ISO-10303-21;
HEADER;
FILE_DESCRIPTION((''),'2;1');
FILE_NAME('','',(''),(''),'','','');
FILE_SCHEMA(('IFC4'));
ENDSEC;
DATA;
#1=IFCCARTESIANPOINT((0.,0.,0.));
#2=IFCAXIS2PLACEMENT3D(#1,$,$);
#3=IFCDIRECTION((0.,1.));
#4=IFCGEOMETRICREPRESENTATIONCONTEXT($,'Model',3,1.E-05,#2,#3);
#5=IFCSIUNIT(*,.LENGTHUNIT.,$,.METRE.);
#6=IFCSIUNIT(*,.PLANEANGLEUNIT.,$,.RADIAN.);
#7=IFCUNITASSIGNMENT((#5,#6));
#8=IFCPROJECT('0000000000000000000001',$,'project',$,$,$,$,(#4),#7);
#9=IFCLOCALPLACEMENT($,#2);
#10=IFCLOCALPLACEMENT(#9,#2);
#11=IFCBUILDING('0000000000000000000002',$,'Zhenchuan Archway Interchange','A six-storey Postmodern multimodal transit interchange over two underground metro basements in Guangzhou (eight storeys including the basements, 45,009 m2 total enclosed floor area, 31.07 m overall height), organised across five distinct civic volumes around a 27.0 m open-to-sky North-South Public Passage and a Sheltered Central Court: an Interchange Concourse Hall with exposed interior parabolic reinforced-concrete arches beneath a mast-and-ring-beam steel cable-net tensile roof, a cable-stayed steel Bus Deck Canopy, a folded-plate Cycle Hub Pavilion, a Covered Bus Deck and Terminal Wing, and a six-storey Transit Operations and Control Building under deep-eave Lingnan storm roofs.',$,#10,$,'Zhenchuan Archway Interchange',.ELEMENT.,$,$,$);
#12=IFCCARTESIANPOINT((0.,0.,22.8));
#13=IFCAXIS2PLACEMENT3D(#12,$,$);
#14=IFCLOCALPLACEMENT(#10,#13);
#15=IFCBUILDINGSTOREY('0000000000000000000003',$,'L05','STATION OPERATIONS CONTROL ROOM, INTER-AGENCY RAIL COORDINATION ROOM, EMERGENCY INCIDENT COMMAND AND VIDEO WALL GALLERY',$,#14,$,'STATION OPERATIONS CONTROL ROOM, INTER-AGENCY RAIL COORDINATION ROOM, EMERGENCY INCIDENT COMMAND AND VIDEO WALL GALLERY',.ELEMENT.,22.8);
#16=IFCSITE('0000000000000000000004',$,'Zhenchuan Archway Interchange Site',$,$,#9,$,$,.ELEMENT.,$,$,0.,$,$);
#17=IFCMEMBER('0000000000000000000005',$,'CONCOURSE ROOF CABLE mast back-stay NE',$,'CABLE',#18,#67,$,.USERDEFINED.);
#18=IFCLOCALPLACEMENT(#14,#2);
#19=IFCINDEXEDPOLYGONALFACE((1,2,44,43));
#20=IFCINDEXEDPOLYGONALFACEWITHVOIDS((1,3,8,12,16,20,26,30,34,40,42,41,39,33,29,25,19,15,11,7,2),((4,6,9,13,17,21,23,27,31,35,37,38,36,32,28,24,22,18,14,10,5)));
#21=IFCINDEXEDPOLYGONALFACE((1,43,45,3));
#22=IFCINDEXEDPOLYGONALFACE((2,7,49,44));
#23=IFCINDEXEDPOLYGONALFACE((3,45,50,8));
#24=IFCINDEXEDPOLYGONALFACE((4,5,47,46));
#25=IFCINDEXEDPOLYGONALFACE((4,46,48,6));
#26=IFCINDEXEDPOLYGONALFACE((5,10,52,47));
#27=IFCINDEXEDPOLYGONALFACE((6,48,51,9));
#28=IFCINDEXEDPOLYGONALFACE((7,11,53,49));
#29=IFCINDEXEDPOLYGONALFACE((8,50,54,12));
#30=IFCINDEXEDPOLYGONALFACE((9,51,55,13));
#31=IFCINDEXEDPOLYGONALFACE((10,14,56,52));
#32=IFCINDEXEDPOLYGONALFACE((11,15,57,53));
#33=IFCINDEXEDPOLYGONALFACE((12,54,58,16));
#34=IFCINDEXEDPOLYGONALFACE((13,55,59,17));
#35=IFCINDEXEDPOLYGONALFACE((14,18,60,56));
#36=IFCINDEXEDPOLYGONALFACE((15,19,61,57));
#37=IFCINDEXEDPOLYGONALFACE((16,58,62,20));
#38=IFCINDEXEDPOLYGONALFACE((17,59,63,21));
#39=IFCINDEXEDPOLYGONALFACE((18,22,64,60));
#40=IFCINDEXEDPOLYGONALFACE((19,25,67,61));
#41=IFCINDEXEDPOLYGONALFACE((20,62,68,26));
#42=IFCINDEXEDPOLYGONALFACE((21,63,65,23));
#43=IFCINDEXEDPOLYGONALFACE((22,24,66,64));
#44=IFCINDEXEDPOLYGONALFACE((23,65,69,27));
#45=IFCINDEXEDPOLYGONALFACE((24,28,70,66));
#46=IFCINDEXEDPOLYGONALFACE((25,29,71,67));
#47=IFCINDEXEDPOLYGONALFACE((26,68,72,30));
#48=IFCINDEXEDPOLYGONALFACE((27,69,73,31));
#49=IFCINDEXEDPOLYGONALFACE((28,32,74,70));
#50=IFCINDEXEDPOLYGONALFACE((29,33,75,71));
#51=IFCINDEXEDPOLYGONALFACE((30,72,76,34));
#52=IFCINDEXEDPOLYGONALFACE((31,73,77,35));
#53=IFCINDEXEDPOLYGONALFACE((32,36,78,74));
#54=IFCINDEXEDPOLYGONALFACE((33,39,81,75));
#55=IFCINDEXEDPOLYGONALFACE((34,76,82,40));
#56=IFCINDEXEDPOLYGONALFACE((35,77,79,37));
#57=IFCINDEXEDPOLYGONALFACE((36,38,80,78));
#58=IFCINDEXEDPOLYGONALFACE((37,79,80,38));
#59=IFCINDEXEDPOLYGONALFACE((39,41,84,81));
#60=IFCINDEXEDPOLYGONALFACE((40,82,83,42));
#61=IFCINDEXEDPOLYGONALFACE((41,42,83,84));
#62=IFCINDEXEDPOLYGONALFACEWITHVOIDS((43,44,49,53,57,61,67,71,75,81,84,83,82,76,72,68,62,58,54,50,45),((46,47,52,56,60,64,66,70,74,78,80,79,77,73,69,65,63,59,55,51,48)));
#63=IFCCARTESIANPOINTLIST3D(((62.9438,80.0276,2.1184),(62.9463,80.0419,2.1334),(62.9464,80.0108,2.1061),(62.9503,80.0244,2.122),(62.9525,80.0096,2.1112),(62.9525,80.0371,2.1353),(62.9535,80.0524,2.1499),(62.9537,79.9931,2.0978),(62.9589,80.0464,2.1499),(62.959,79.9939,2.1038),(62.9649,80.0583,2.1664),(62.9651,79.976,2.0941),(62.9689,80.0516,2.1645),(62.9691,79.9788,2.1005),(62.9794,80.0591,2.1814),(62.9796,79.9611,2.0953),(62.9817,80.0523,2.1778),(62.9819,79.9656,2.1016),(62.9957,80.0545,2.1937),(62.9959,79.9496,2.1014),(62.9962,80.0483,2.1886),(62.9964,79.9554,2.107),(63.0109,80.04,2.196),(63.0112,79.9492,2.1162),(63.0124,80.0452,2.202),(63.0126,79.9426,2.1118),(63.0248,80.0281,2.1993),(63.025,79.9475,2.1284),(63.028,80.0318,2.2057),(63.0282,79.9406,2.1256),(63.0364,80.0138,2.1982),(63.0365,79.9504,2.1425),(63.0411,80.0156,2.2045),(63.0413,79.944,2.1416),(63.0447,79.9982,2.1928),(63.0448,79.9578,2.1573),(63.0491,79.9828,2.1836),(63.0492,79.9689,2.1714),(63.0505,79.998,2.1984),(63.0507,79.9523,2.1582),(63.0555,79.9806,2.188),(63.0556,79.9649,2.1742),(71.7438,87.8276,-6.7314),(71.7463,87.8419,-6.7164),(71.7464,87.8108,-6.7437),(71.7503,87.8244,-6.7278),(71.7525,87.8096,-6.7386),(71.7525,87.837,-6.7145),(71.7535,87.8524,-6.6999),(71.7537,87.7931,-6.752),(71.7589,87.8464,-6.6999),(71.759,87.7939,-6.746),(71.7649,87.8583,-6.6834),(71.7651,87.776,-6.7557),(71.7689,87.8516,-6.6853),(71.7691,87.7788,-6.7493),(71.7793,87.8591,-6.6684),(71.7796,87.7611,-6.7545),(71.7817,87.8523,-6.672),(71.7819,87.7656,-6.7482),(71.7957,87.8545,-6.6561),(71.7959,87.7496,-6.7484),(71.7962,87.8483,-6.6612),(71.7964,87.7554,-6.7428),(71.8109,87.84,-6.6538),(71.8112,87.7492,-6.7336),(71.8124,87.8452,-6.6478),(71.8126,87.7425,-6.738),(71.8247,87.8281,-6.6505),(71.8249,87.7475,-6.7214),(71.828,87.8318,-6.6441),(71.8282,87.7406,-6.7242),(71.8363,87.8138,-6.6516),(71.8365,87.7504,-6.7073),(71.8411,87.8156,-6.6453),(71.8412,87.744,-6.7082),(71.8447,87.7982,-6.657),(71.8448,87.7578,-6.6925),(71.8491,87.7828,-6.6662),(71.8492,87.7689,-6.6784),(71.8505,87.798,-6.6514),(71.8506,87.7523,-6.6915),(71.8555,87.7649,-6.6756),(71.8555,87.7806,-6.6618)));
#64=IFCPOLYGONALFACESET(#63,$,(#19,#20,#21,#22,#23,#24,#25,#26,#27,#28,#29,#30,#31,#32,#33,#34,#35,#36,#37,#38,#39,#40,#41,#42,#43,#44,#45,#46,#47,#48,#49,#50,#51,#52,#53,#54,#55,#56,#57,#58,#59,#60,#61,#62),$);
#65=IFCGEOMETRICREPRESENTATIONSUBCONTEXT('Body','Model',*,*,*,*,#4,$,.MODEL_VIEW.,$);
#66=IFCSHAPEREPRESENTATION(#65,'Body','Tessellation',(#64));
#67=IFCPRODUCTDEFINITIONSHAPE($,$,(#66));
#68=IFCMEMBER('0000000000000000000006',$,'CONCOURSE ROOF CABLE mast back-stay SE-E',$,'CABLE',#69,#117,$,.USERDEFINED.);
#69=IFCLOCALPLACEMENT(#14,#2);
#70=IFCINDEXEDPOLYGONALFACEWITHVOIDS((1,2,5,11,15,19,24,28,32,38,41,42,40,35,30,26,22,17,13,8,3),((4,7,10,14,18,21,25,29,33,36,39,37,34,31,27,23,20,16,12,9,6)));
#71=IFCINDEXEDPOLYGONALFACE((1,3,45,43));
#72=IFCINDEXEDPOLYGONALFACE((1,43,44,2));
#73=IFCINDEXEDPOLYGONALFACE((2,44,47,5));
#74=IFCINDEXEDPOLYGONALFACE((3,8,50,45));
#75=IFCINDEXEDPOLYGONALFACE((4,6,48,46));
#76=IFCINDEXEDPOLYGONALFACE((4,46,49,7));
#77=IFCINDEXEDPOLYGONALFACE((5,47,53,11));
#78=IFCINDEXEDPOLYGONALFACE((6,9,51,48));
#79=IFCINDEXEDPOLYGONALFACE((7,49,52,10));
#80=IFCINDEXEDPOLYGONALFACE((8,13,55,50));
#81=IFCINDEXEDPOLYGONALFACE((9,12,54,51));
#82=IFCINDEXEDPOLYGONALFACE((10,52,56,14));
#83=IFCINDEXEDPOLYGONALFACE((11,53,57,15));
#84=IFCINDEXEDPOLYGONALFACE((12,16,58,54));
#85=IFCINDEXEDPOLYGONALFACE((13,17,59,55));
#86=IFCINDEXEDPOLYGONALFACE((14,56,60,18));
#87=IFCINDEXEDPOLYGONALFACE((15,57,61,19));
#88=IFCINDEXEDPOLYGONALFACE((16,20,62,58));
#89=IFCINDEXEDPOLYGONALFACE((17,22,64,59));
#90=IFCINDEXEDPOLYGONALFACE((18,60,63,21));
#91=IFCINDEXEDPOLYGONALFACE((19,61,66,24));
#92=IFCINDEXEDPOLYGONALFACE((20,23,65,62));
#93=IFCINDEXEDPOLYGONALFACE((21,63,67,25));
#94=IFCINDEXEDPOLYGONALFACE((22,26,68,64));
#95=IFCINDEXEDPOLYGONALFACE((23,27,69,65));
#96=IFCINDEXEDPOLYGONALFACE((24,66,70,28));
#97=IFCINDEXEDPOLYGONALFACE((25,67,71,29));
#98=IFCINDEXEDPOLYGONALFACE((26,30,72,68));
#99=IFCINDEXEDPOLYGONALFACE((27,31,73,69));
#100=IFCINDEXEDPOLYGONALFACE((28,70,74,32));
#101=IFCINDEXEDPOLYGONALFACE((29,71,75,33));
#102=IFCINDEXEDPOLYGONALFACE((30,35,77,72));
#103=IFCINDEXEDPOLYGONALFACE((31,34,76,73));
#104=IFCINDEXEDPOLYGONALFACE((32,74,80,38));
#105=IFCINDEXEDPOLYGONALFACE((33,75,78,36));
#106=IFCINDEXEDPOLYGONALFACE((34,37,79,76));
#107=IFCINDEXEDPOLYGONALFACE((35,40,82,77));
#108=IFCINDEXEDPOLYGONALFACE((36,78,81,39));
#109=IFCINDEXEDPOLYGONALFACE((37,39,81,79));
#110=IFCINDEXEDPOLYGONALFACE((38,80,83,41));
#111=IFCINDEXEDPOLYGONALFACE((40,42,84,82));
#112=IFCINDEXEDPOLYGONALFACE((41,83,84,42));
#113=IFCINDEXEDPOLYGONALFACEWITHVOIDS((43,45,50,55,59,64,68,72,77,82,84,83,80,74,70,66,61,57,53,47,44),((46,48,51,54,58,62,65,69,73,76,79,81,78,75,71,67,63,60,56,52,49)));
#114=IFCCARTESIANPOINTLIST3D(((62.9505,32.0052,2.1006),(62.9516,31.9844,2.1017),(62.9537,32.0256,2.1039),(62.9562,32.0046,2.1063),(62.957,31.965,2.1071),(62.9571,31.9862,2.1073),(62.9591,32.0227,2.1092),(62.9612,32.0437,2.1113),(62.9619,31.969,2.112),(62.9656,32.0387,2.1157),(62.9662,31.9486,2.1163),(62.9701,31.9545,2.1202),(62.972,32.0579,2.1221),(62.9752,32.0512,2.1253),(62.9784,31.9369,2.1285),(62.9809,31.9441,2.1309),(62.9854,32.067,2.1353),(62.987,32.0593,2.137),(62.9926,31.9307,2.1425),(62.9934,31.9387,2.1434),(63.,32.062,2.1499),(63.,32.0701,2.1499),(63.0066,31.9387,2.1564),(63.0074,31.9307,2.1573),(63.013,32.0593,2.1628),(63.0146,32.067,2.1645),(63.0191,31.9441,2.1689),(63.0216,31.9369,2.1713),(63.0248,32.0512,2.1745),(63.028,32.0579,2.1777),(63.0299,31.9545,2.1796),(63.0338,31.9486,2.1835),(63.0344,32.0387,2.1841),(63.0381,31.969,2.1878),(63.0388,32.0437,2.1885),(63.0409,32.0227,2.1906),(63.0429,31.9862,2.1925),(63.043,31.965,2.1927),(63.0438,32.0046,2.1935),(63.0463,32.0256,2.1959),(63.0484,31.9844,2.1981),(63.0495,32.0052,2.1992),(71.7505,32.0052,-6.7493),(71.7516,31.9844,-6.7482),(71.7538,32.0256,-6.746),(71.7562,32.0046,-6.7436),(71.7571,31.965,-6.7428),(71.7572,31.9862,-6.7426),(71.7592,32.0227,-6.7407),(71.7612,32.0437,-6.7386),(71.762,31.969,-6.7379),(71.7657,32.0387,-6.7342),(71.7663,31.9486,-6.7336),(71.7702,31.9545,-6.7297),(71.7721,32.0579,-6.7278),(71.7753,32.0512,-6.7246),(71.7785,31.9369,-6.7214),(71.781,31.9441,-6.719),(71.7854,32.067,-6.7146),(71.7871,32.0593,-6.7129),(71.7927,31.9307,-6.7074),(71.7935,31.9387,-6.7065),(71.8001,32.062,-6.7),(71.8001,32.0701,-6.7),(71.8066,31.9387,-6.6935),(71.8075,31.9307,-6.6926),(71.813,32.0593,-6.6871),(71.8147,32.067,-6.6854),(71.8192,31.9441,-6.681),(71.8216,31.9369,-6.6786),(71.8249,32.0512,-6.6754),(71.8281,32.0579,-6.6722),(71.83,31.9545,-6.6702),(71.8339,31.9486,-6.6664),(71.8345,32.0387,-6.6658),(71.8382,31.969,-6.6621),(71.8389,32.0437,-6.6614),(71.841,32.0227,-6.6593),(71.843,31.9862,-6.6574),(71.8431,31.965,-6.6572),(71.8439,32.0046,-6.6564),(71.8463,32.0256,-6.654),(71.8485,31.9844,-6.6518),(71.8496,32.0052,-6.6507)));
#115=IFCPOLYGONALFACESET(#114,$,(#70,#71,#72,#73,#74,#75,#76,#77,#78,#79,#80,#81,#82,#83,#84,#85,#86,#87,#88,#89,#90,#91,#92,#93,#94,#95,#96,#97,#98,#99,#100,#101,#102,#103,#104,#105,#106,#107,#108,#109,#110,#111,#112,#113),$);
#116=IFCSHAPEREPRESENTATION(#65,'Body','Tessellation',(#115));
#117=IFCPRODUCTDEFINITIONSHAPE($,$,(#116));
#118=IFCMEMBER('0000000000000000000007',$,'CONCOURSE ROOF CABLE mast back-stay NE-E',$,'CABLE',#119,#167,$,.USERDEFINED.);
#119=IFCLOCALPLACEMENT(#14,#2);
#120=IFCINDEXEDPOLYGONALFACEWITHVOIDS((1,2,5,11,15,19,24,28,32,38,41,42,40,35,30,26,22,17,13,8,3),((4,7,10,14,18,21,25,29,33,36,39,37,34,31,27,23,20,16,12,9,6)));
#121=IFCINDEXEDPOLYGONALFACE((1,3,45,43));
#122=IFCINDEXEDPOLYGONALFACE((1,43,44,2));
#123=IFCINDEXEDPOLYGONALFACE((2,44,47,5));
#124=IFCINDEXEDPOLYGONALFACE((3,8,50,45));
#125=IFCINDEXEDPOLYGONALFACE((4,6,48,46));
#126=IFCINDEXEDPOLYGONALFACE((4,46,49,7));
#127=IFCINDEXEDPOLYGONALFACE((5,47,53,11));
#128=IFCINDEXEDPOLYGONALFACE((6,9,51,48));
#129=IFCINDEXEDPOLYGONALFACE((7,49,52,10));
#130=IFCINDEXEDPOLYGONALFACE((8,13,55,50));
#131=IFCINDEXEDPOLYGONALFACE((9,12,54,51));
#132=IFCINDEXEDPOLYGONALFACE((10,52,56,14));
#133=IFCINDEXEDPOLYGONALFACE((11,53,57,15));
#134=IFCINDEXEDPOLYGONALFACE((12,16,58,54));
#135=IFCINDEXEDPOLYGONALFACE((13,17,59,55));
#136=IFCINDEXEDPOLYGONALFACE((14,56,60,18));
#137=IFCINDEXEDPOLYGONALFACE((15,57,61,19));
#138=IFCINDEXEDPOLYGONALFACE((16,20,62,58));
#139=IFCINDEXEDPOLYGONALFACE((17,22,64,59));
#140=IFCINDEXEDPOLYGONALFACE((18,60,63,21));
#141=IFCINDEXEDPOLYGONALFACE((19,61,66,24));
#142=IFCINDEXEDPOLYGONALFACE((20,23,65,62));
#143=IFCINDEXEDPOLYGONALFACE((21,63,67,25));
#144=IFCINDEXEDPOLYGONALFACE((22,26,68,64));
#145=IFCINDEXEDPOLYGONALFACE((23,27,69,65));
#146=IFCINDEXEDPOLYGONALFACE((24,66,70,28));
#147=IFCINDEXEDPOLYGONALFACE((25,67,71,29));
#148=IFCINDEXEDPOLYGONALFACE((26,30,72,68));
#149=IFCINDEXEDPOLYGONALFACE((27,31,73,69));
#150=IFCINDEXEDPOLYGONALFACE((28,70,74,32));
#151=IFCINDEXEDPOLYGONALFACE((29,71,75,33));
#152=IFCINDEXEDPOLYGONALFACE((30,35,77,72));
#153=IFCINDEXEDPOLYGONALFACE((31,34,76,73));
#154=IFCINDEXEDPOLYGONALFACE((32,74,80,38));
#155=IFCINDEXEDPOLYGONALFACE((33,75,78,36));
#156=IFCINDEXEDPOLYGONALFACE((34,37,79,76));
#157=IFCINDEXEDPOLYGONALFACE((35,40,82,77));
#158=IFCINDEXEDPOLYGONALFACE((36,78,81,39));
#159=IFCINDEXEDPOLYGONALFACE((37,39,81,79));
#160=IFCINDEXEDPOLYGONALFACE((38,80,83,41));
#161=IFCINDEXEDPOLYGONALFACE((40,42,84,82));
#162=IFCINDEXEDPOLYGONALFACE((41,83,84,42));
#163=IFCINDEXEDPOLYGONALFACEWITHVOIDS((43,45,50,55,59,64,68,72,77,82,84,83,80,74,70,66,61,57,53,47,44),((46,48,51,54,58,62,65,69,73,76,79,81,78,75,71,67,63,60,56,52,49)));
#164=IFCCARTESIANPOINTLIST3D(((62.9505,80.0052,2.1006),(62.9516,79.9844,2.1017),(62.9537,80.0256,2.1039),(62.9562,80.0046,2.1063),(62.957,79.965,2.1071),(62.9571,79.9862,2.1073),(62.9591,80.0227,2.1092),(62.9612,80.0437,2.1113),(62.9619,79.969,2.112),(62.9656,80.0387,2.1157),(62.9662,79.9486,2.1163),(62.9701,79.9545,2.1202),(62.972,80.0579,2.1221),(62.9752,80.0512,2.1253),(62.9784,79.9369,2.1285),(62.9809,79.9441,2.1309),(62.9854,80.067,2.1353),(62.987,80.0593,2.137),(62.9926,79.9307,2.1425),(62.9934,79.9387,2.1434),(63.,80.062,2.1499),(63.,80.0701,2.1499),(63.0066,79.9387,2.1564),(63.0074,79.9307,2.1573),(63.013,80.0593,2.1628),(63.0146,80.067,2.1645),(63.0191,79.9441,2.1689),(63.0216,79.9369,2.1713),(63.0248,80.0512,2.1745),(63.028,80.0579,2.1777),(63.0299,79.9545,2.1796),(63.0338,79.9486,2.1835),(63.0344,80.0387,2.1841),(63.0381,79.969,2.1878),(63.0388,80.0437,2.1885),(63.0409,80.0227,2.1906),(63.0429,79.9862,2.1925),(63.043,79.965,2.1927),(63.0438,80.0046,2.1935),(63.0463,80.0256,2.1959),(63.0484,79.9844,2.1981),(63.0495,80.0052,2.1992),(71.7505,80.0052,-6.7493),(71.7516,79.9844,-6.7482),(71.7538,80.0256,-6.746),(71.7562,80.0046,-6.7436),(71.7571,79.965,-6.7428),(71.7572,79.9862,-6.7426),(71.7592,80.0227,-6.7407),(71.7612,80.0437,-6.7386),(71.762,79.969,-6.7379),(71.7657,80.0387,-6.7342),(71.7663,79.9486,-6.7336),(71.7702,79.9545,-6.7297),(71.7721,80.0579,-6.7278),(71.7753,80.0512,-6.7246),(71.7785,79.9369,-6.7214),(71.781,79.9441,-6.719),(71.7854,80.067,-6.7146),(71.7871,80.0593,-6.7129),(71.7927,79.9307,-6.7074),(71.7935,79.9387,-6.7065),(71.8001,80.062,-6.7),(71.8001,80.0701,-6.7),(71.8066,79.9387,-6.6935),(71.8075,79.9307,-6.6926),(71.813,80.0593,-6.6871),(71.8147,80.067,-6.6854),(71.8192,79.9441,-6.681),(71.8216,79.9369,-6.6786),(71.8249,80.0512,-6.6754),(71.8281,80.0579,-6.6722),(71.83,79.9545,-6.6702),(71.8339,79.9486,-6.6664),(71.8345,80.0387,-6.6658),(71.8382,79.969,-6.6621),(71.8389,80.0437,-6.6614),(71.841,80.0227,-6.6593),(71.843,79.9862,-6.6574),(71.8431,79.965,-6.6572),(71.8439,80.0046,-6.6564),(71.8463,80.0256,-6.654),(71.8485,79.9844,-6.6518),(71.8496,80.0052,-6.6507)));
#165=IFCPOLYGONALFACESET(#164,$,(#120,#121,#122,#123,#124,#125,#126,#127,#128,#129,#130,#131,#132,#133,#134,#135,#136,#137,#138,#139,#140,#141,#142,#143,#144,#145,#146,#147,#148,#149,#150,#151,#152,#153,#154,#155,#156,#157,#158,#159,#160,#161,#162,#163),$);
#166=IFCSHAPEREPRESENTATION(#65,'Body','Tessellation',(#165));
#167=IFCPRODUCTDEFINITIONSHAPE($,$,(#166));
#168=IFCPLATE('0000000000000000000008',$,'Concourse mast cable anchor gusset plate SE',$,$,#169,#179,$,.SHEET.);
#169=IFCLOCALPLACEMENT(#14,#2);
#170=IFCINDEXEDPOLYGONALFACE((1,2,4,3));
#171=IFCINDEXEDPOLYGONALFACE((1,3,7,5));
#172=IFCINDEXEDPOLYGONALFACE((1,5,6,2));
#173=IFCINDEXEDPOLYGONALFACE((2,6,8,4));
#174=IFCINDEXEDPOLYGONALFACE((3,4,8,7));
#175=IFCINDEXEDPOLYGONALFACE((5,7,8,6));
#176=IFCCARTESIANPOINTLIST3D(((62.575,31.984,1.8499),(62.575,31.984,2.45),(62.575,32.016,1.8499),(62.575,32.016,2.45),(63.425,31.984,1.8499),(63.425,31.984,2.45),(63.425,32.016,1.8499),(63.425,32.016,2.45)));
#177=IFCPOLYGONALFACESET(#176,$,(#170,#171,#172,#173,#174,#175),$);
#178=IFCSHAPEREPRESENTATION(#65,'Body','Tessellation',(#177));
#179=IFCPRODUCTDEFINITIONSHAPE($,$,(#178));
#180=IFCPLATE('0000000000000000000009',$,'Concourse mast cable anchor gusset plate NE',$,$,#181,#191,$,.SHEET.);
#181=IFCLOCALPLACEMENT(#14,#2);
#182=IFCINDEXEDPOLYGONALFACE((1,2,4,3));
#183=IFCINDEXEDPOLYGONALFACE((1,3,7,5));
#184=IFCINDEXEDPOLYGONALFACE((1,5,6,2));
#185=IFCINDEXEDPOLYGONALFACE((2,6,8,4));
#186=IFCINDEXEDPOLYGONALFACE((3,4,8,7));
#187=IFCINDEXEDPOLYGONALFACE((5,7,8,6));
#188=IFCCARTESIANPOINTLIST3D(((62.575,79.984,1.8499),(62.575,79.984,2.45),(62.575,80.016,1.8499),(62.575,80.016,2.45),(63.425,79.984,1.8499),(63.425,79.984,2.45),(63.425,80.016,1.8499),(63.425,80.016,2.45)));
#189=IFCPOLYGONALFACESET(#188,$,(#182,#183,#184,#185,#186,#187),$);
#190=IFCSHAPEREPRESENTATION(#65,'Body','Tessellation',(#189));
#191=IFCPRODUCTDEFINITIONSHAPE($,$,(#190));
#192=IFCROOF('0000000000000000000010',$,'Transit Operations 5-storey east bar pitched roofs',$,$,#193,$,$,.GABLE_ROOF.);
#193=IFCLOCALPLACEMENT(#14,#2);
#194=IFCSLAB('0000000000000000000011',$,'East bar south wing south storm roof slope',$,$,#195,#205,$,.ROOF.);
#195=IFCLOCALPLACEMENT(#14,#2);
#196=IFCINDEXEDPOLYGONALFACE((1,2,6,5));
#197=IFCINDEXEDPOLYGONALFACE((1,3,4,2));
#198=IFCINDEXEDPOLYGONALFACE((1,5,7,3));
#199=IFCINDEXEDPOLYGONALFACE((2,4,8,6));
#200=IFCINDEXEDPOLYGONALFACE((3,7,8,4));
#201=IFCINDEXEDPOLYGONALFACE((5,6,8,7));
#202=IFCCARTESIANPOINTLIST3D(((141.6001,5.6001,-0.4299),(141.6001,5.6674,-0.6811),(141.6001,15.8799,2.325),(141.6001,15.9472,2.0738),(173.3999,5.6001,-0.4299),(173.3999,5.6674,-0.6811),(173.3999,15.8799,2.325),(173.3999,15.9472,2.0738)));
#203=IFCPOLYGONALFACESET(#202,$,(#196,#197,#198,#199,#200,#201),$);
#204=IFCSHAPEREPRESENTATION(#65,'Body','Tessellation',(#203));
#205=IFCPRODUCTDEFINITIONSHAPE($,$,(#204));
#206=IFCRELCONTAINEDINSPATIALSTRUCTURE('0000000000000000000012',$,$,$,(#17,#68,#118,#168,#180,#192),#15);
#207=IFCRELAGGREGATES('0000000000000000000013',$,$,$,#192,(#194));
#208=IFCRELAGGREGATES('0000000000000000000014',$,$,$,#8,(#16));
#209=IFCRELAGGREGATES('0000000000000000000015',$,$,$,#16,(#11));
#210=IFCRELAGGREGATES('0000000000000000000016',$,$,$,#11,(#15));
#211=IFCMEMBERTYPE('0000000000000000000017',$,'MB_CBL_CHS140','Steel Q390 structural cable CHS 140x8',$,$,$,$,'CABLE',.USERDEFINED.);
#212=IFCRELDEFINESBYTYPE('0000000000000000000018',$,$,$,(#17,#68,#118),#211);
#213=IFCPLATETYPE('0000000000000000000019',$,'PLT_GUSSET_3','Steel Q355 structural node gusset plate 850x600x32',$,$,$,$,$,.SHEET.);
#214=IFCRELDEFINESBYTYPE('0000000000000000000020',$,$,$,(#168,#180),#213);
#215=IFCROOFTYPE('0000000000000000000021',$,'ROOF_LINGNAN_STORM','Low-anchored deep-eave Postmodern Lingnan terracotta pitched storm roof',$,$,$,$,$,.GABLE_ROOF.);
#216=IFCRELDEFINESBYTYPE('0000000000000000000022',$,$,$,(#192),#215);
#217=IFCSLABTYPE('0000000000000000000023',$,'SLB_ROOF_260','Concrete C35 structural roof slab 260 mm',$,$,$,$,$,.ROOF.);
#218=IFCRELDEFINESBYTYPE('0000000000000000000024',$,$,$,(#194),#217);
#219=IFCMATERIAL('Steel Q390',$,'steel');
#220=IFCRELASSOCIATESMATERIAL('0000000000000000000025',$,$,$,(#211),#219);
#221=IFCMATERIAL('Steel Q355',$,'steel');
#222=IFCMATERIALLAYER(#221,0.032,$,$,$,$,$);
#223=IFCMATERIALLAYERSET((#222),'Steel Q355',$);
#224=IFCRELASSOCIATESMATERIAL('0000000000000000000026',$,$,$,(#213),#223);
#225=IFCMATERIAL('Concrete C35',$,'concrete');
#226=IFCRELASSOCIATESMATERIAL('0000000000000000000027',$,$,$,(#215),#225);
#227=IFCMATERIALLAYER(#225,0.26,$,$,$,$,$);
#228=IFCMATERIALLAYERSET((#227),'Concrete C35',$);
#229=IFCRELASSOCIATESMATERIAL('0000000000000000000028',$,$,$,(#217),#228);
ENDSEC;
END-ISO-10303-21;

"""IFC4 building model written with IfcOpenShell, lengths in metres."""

from ifc_helpers import new_model, si_unit, direction, frame, origin, origin_2d, place, context, subcontext, project, spatial, polyline, rectangle, hollow_circle, outline, extrude, material, layer, layer_set, material_profile, profile_set, type_object, element, aggregate, save


model = new_model("IFC4")

# Units and contexts
model_context = context("Model", 3, precision=1e-05, world=origin(), true_north=direction((0.0, 1.0)))
body_context = subcontext(model_context, "Body", "Model", "MODEL_VIEW")
ifc_project = project(units=[si_unit("LENGTHUNIT", "METRE"), si_unit("PLANEANGLEUNIT", "RADIAN")], contexts=[model_context])

# Site, building, storey
site_placement = place(None, origin())
site = spatial("IfcSite", under=ifc_project, at=site_placement, Name="Zhenchuan Archway Interchange Site", CompositionType="ELEMENT", RefElevation=0.0)
building_placement = place(site_placement, origin())
building = spatial("IfcBuilding", under=site, at=building_placement, Name="Zhenchuan Archway Interchange", Description="A six-storey Postmodern multimodal transit interchange over two underground metro basements in Guangzhou (eight storeys including the basements, 45,009 m2 total enclosed floor area, 31.07 m overall height), organised across five distinct civic volumes around a 27.0 m open-to-sky North-South Public Passage and a Sheltered Central Court: an Interchange Concourse Hall with exposed interior parabolic reinforced-concrete arches beneath a mast-and-ring-beam steel cable-net tensile roof, a cable-stayed steel Bus Deck Canopy, a folded-plate Cycle Hub Pavilion, a Covered Bus Deck and Terminal Wing, and a six-storey Transit Operations and Control Building under deep-eave Lingnan storm roofs.", LongName="Zhenchuan Archway Interchange", CompositionType="ELEMENT")
storey_placement = place(building_placement, frame((0.0, 0.0, 22.8)))
storey = spatial("IfcBuildingStorey", under=building, at=storey_placement, Name="L05", Description="STATION OPERATIONS CONTROL ROOM, INTER-AGENCY RAIL COORDINATION ROOM, EMERGENCY INCIDENT COMMAND AND VIDEO WALL GALLERY", LongName="STATION OPERATIONS CONTROL ROOM, INTER-AGENCY RAIL COORDINATION ROOM, EMERGENCY INCIDENT COMMAND AND VIDEO WALL GALLERY", CompositionType="ELEMENT", Elevation=22.8)

# Shared definitions
ifc_material_1 = material(Name="Steel Q355", Category="steel")

# Members
ifc_material_2 = material(Name="Steel Q390", Category="steel")
ifc_material_profile_1 = material_profile(ifc_material_2, hollow_circle(Radius=0.0701, WallThickness=0.0081, at=origin_2d()), Name="CHS 140x8")
ifc_profile_set_1 = profile_set([ifc_material_profile_1], Name="Steel Q390")
member_type_1 = type_object("IfcMemberType", Name="MB_CBL_CHS140", Description="Steel Q390 structural cable CHS 140x8", ElementType="CABLE", PredefinedType="USERDEFINED", material=ifc_profile_set_1)
member_placement = place(storey_placement, frame((63.0, 80.0, 2.1499), z_axis=(0.597935, 0.529989, -0.60132), x_axis=(-0.663308, 0.748347, 0.0)))
element("IfcMember", 1, at=member_placement, inside=storey, type_object=member_type_1, Name="CONCOURSE ROOF CABLE mast back-stay NE", ObjectType="CABLE", PredefinedType="USERDEFINED", context=body_context, shape_type="SweptSolid", body=[
    extrude(hollow_circle(Radius=0.0701, WallThickness=0.0081, at=origin_2d()), origin(), (0.0, 0.0, 1.0), 14.7173),
])
for number, where, z_axis, x_axis, name in (
    (2, (63.0, 32.0, 2.1499), (0.705109, 0.0, -0.709099), (0.0, 1.0, 0.0), "CONCOURSE ROOF CABLE mast back-stay SE-E"),
    (3, (63.0, 80.0, 2.1499), (0.705109, 0.0, -0.709099), (0.0, 1.0, 0.0), "CONCOURSE ROOF CABLE mast back-stay NE-E"),
):
    element("IfcMember", number, at=place(storey_placement, frame(where, z_axis=z_axis, x_axis=x_axis)), inside=storey, type_object=member_type_1, Name=name, ObjectType="CABLE", PredefinedType="USERDEFINED", context=body_context, shape_type="SweptSolid", body=[
        extrude(hollow_circle(Radius=0.0701, WallThickness=0.0081, at=origin_2d()), origin(), (0.0, 0.0, 1.0), 12.4805),
    ])

# Plates
ifc_layer_1 = layer(ifc_material_1, 0.032)
ifc_layer_set_1 = layer_set([ifc_layer_1], Name="Steel Q355")
plate_type = type_object("IfcPlateType", Name="PLT_GUSSET_3", Description="Steel Q355 structural node gusset plate 850x600x32", PredefinedType="SHEET", material=ifc_layer_set_1)
for number, where, z_axis, x_axis, name in (
    (4, (63.0, 32.0, 1.8499), (0.0, 0.0, 1.0), (1.0, 0.0, 0.0), "Concourse mast cable anchor gusset plate SE"),
    (5, (63.0, 80.0, 1.8499), (0.0, 0.0, 1.0), (1.0, 0.0, 0.0), "Concourse mast cable anchor gusset plate NE"),
):
    element("IfcPlate", number, at=place(storey_placement, frame(where, z_axis=z_axis, x_axis=x_axis)), inside=storey, type_object=plate_type, Name=name, PredefinedType="SHEET", context=body_context, shape_type="SweptSolid", body=[
        extrude(rectangle(XDim=0.8501, YDim=0.032, at=origin_2d()), origin(), (0.0, 0.0, 1.0), 0.6001),
    ])

# Roof, slab
ifc_material_3 = material(Name="Concrete C35", Category="concrete")
roof_type = type_object("IfcRoofType", Name="ROOF_LINGNAN_STORM", Description="Low-anchored deep-eave Postmodern Lingnan terracotta pitched storm roof", PredefinedType="GABLE_ROOF", material=ifc_material_3)
roof_1_placement = place(storey_placement, origin())
roof_1 = element("IfcRoof", 6, at=roof_1_placement, inside=storey, type_object=roof_type, Name="Transit Operations 5-storey east bar pitched roofs", PredefinedType="GABLE_ROOF")
ifc_layer_2 = layer(ifc_material_3, 0.26)
ifc_layer_set_2 = layer_set([ifc_layer_2], Name="Concrete C35")
slab_type_1 = type_object("IfcSlabType", Name="SLB_ROOF_260", Description="Concrete C35 structural roof slab 260 mm", PredefinedType="ROOF", material=ifc_layer_set_2)
slab_1_placement = place(storey_placement, frame((141.6001, 5.6001, -0.4299), z_axis=(0.0, -0.258856, 0.965916), x_axis=(1.0, 0.0, 0.0)))
slab_1 = element("IfcSlab", 7, at=slab_1_placement, type_object=slab_type_1, Name="East bar south wing south storm roof slope", PredefinedType="ROOF", context=body_context, shape_type="SweptSolid", body=[
    extrude(outline(polyline([(0.0, 0.0), (31.7998, 0.0), (31.7998, 10.6425), (0.0, 10.6425), (0.0, 0.0)])), origin(), (0.0, 0.0, -1.0), 0.26),
])
aggregate(roof_1, [slab_1])

save(model, "model.ifc")
